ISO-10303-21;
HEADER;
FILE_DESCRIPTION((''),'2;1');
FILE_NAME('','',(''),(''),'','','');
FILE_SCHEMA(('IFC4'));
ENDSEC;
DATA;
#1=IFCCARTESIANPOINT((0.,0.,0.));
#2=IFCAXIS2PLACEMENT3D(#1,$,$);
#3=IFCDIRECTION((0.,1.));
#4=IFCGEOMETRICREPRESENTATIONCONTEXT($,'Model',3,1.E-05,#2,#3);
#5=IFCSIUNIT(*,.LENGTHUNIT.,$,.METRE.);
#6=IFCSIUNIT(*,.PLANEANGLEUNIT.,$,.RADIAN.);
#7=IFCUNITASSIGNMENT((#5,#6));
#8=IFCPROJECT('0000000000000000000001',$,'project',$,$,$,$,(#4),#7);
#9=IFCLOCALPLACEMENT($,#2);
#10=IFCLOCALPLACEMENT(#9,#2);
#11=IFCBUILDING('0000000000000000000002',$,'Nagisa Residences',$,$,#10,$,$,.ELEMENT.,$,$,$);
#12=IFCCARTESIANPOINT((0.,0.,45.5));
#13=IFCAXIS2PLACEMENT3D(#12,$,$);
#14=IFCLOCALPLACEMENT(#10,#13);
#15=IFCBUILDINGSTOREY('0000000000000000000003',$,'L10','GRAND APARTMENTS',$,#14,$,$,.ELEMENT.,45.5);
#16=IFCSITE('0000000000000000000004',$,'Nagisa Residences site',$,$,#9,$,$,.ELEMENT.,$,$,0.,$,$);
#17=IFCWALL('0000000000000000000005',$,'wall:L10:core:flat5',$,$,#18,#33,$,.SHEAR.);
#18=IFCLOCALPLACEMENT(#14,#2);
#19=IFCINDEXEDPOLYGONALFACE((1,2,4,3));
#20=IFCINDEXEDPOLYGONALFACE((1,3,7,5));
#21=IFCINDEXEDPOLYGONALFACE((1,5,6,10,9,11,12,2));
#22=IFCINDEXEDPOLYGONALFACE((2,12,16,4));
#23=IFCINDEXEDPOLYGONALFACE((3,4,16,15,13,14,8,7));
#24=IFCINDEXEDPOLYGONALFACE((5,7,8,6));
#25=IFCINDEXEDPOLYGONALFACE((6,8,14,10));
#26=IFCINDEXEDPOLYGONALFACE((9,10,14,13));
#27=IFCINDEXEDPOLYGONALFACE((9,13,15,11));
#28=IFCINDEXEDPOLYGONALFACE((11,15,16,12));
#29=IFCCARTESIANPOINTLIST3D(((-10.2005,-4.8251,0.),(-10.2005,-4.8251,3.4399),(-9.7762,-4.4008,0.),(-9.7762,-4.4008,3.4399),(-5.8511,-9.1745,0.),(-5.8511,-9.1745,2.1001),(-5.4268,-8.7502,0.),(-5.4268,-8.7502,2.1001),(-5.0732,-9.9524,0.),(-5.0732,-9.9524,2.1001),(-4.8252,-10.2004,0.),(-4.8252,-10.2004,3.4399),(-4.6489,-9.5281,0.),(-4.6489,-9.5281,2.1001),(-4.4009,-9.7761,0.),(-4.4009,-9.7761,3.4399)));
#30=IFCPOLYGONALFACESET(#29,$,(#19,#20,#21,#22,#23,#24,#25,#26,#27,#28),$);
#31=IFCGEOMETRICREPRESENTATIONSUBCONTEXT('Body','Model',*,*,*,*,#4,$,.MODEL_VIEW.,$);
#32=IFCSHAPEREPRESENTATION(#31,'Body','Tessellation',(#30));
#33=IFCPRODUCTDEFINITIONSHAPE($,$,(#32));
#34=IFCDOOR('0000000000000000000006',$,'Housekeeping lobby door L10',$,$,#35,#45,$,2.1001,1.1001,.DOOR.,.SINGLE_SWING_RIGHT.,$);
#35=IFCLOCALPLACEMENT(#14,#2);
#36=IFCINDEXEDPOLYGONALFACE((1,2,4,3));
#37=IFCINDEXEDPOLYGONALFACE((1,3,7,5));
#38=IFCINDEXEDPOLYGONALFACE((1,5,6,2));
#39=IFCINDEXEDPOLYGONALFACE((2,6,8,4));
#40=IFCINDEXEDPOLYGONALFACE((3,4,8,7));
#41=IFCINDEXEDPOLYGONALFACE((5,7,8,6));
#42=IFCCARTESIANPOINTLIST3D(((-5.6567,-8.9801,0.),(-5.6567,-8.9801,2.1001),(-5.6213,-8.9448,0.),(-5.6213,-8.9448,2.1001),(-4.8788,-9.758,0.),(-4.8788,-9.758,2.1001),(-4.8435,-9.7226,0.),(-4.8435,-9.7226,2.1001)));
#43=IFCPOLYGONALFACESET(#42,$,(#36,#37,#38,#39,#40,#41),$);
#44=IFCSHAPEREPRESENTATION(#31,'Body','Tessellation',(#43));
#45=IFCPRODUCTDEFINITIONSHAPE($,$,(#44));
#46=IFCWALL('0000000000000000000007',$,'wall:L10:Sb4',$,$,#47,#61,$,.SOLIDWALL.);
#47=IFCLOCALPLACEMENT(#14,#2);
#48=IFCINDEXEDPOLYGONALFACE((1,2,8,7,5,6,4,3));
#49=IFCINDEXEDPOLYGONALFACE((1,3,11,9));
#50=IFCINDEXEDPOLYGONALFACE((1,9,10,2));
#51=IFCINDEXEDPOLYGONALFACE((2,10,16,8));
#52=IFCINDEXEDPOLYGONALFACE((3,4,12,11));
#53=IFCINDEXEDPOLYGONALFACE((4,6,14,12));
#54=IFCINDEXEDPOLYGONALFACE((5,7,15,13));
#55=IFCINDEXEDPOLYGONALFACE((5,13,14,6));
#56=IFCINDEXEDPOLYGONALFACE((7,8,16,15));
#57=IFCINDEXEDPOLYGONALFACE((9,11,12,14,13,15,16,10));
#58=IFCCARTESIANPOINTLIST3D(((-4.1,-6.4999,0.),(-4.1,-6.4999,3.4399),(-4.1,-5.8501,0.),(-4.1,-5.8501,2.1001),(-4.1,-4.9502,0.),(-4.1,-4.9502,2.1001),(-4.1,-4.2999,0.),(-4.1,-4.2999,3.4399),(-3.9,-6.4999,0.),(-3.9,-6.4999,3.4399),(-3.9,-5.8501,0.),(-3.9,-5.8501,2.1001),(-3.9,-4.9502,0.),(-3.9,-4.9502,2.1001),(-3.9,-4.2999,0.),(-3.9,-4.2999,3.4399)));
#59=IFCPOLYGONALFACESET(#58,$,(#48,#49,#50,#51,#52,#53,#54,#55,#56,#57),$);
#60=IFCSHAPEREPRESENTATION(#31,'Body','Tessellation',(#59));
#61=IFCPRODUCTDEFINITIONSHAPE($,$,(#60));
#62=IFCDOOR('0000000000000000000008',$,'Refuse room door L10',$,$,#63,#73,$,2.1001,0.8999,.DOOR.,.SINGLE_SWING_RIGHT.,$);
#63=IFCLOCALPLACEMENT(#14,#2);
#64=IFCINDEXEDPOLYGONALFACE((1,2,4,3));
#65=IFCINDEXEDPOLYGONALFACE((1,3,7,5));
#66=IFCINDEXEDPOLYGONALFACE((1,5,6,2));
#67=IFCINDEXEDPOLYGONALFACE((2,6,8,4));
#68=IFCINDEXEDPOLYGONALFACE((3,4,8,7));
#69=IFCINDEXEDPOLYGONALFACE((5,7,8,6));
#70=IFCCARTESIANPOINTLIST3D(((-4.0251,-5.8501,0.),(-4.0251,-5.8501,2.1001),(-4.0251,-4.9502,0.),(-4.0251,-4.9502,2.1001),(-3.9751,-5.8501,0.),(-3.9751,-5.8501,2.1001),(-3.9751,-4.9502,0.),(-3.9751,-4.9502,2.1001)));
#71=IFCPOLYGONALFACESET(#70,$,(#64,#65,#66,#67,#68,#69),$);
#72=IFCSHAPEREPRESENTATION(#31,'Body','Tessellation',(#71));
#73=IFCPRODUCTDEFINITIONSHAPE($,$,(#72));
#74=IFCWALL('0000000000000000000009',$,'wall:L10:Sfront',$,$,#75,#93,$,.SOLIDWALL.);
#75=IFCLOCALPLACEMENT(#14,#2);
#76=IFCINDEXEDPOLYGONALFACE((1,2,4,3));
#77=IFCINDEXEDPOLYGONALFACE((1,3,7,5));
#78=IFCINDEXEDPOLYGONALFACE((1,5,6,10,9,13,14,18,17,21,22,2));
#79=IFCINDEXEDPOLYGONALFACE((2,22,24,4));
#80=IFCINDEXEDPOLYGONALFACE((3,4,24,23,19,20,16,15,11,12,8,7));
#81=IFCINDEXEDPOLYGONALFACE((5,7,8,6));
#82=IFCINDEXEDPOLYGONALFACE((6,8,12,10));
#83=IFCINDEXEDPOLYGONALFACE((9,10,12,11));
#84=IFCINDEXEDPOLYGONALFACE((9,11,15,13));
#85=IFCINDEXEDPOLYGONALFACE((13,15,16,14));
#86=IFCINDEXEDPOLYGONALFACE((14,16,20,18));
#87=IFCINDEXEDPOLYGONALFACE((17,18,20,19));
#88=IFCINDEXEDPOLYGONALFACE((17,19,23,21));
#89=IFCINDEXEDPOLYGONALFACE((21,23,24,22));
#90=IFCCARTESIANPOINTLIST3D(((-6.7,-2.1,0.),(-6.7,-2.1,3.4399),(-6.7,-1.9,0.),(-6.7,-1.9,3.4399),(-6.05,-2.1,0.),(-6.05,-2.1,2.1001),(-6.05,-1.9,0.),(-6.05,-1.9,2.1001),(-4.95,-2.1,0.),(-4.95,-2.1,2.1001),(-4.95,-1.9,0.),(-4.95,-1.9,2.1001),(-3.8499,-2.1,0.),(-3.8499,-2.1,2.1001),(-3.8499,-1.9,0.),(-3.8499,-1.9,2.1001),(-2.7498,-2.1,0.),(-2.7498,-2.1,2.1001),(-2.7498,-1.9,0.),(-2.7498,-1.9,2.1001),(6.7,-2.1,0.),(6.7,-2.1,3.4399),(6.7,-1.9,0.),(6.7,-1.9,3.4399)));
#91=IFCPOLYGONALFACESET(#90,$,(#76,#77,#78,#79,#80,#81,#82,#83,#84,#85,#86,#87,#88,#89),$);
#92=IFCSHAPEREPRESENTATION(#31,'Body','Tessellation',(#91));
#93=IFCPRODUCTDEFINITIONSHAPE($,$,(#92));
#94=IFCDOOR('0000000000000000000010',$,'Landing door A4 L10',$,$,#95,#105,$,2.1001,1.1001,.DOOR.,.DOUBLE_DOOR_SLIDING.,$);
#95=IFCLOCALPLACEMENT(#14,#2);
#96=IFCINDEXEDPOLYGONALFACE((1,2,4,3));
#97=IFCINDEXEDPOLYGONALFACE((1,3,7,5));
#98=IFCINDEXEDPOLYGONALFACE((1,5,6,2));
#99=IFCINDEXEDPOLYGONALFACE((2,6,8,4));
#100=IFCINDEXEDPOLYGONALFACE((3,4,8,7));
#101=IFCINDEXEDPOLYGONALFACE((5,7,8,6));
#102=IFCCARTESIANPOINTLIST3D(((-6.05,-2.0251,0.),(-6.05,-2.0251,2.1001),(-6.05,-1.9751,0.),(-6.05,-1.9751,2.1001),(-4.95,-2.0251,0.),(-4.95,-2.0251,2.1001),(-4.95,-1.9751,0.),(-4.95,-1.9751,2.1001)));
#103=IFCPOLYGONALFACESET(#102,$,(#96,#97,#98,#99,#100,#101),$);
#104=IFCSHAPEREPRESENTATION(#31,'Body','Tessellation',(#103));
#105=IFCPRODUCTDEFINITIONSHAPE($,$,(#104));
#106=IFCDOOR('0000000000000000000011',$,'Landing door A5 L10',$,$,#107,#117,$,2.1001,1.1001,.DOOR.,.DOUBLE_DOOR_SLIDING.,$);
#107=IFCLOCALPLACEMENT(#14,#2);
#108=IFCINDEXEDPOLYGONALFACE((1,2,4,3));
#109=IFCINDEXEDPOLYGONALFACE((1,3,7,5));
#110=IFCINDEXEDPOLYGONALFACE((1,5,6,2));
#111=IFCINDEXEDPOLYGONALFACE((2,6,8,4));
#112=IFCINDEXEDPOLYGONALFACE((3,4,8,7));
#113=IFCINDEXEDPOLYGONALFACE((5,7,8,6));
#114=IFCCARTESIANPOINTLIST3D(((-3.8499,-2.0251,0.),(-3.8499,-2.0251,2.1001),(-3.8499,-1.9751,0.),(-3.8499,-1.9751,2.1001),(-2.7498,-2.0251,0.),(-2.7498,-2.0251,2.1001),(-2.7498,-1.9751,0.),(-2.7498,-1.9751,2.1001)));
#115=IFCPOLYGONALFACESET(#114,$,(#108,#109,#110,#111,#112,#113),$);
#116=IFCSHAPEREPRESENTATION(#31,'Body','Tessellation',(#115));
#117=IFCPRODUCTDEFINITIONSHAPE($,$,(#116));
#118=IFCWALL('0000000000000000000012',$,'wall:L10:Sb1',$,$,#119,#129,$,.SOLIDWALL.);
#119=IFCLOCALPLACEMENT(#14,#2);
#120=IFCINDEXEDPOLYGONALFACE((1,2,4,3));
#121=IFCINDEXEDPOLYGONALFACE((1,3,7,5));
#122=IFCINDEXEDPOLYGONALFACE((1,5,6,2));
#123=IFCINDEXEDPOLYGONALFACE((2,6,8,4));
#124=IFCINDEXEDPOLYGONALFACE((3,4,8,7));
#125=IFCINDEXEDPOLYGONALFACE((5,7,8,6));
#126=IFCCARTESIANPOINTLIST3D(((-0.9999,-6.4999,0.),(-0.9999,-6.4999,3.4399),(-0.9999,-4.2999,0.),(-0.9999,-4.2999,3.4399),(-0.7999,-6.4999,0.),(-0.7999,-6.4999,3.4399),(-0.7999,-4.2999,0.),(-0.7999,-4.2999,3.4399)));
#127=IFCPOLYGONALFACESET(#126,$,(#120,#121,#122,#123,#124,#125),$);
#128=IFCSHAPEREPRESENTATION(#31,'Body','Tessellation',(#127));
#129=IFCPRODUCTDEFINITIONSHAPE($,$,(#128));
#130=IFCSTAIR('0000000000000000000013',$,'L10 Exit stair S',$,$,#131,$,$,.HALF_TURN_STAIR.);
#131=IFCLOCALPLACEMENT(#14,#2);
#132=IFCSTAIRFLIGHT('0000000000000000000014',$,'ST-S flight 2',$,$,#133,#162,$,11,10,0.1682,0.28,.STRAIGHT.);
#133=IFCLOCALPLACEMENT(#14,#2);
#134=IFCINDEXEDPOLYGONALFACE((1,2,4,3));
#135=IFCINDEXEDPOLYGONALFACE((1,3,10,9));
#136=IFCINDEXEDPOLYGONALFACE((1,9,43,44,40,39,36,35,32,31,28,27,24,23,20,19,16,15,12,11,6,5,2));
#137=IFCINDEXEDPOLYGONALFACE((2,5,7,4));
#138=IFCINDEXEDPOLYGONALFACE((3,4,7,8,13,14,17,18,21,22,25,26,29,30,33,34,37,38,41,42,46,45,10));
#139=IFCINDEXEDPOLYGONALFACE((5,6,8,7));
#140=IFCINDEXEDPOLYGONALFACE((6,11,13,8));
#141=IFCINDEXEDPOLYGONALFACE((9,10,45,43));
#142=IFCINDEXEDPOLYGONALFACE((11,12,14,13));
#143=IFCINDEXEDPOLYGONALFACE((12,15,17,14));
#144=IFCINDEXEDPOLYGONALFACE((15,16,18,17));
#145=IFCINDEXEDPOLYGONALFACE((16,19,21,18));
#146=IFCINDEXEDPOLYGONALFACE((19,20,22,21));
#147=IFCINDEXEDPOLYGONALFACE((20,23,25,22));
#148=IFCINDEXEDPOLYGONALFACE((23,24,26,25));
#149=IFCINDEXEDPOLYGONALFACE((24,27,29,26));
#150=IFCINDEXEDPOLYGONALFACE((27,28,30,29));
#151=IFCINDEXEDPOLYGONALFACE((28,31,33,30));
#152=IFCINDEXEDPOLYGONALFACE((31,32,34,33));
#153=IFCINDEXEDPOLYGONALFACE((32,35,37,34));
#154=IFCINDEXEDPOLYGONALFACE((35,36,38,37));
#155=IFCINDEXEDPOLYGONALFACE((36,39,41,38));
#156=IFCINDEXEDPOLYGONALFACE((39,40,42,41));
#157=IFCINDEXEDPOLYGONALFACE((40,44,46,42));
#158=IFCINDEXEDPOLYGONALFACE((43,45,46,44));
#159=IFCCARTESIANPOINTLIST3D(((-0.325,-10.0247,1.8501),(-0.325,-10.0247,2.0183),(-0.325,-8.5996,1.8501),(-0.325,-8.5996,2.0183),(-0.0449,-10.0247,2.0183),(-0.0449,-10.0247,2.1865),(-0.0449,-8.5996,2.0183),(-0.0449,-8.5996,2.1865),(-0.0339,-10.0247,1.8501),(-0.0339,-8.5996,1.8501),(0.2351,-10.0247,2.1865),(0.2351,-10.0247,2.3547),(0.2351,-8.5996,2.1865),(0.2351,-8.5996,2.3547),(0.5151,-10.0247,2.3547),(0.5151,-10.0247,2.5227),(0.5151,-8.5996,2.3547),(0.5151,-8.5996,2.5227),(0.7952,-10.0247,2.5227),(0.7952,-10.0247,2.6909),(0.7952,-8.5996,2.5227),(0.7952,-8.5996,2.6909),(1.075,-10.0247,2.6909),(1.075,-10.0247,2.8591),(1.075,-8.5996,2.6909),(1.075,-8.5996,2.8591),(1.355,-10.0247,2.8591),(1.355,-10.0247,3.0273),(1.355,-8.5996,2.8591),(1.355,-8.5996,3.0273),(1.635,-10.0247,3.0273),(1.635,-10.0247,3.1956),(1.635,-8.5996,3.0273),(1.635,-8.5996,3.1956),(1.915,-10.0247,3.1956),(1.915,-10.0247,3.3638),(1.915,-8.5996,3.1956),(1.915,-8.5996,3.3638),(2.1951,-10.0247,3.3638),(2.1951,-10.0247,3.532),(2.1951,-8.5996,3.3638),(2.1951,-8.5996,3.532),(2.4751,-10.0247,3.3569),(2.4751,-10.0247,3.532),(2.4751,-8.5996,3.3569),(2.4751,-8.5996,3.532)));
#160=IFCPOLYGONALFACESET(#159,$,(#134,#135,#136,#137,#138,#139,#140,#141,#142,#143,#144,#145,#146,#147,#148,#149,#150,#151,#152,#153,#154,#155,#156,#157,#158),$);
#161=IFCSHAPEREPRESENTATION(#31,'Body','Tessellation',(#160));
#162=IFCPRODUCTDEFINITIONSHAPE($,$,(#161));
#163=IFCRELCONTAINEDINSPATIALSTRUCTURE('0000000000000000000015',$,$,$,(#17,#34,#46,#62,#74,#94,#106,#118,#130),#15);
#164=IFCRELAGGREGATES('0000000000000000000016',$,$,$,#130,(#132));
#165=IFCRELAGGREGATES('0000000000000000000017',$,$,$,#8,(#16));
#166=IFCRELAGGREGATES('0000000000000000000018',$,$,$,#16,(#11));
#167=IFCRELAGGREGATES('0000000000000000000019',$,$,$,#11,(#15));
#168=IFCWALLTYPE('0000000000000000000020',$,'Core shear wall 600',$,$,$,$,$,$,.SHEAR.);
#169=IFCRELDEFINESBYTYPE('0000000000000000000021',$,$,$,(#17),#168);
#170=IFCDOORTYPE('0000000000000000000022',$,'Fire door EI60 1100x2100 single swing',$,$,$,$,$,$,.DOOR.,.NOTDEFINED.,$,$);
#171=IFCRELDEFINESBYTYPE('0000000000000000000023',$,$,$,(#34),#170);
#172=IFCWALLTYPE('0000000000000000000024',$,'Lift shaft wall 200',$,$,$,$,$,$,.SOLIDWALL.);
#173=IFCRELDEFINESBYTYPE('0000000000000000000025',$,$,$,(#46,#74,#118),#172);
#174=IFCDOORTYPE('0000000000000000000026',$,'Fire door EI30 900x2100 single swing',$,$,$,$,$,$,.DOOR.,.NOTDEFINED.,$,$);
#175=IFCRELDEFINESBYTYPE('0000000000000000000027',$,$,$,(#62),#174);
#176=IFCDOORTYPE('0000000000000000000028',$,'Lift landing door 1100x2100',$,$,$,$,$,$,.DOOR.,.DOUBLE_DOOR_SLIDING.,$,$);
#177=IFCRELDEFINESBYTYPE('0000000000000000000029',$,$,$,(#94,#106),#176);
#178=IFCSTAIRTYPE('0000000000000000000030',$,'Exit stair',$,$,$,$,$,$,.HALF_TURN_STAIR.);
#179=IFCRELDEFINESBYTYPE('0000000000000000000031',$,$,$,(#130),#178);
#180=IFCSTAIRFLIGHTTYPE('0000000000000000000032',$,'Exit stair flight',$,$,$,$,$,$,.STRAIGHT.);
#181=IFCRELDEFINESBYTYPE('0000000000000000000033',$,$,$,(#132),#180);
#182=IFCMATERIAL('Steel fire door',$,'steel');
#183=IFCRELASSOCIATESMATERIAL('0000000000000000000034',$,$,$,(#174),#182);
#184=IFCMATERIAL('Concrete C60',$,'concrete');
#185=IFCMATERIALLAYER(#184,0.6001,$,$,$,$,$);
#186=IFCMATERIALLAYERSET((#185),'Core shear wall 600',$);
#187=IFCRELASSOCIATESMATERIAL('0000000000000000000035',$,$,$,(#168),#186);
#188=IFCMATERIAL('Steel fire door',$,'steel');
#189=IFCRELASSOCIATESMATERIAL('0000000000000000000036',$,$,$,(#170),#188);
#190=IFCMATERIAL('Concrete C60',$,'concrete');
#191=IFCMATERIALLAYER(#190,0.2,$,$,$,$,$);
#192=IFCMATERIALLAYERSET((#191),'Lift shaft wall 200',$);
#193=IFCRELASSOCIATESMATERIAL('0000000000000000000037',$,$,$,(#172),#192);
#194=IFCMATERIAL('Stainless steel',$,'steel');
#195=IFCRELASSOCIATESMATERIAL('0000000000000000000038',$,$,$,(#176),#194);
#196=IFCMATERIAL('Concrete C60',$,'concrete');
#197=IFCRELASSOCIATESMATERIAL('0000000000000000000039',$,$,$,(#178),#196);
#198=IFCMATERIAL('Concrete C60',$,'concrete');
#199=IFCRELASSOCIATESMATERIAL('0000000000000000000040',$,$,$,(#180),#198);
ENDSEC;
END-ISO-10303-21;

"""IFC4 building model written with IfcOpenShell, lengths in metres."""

from ifc_helpers import new_model, si_unit, direction, frame, frame_2d, origin, place, context, subcontext, project, spatial, polyline, rectangle, outline, extrude, material, layer, layer_set, type_object, element, fill, aggregate, save


model = new_model("IFC4")

# Units and contexts
model_context = context("Model", 3, precision=1e-05, world=origin(), true_north=direction((0.0, 1.0)))
body_context = subcontext(model_context, "Body", "Model", "MODEL_VIEW")
ifc_project = project(units=[si_unit("LENGTHUNIT", "METRE"), si_unit("PLANEANGLEUNIT", "RADIAN")], contexts=[model_context])

# Site, building, storey
site_placement = place(None, origin())
site = spatial("IfcSite", under=ifc_project, at=site_placement, Name="Nagisa Residences site", CompositionType="ELEMENT", RefElevation=0.0)
building_placement = place(site_placement, origin())
building = spatial("IfcBuilding", under=site, at=building_placement, Name="Nagisa Residences", CompositionType="ELEMENT")
storey_placement = place(building_placement, frame((0.0, 0.0, 45.5)))
storey = spatial("IfcBuildingStorey", under=building, at=storey_placement, Name="L10", Description="GRAND APARTMENTS", CompositionType="ELEMENT", Elevation=45.5)

# Shared definitions
ifc_material_1 = material(Name="Steel fire door", Category="steel")
door_type_1 = type_object("IfcDoorType", Name="Fire door EI30 900x2100 single swing", OperationType="NOTDEFINED", PredefinedType="DOOR", material=ifc_material_1)

# Walls, openings, doors
ifc_material_2 = material(Name="Concrete C60", Category="concrete")
ifc_layer_1 = layer(ifc_material_2, 0.6001)
ifc_layer_set_1 = layer_set([ifc_layer_1], Name="Core shear wall 600")
wall_type_1 = type_object("IfcWallType", Name="Core shear wall 600", PredefinedType="SHEAR", material=ifc_layer_set_1)
wall_1_placement = place(storey_placement, frame((-9.9883, -4.613, 0.0), z_axis=(0.0, 0.0, 1.0), x_axis=(0.707107, -0.707107, 0.0)))
wall_1 = element("IfcWall", 1, at=wall_1_placement, inside=storey, type_object=wall_type_1, Name="wall:L10:core:flat5", PredefinedType="SHEAR", context=body_context, shape_type="SweptSolid", body=[
    extrude(rectangle(XDim=7.6018, YDim=0.6001, at=frame_2d((3.8008, 0.0))), origin(), (0.0, 0.0, 1.0), 3.4399),
])
opening_1_placement = place(wall_1_placement, frame((6.1509, 0.0, 0.0)))
opening_1 = element("IfcOpeningElement", 2, at=opening_1_placement, cuts=wall_1, PredefinedType="OPENING", context=body_context, shape_type="SweptSolid", body=[
    extrude(rectangle(XDim=1.1001, YDim=2.1001, at=frame_2d((0.55, 1.05))), frame((0.0, 0.3101, 0.0), z_axis=(0.0, -1.0, 0.0), x_axis=(1.0, 0.0, 0.0)), (0.0, 0.0, 1.0), 0.6201),
])
ifc_material_3 = material(Name="Steel fire door", Category="steel")
door_type_2 = type_object("IfcDoorType", Name="Fire door EI60 1100x2100 single swing", OperationType="NOTDEFINED", PredefinedType="DOOR", material=ifc_material_3)
door_1_placement = place(opening_1_placement, origin())
door_1 = element("IfcDoor", 3, at=door_1_placement, inside=storey, type_object=door_type_2, Name="Housekeeping lobby door L10", OperationType="SINGLE_SWING_RIGHT", OverallHeight=2.1001, OverallWidth=1.1001, PredefinedType="DOOR", context=body_context, shape_type="SweptSolid", body=[
    extrude(rectangle(XDim=1.1001, YDim=2.1001, at=frame_2d((0.55, 1.05))), frame((0.0, 0.0249, 0.0), z_axis=(0.0, -1.0, 0.0), x_axis=(1.0, 0.0, 0.0)), (0.0, 0.0, 1.0), 0.05),
])
fill(opening_1, door_1)
ifc_material_4 = material(Name="Concrete C60", Category="concrete")
ifc_layer_2 = layer(ifc_material_4, 0.2)
ifc_layer_set_2 = layer_set([ifc_layer_2], Name="Lift shaft wall 200")
wall_type_2 = type_object("IfcWallType", Name="Lift shaft wall 200", PredefinedType="SOLIDWALL", material=ifc_layer_set_2)
wall_2_placement = place(storey_placement, frame((-4.0, -6.5, 0.0), z_axis=(0.0, 0.0, 1.0), x_axis=(0.0, 1.0, 0.0)))
wall_2 = element("IfcWall", 4, at=wall_2_placement, inside=storey, type_object=wall_type_2, Name="wall:L10:Sb4", PredefinedType="SOLIDWALL", context=body_context, shape_type="SweptSolid", body=[
    extrude(rectangle(XDim=2.2, YDim=0.2, at=frame_2d((1.1001, 0.0))), origin(), (0.0, 0.0, 1.0), 3.4399),
])
opening_2_placement = place(wall_2_placement, frame((0.6499, 0.0, 0.0)))
opening_2 = element("IfcOpeningElement", 5, at=opening_2_placement, cuts=wall_2, PredefinedType="OPENING", context=body_context, shape_type="SweptSolid", body=[
    extrude(rectangle(XDim=0.8999, YDim=2.1001, at=frame_2d((0.45, 1.05))), frame((0.0, 0.1099, 0.0), z_axis=(0.0, -1.0, 0.0), x_axis=(1.0, 0.0, 0.0)), (0.0, 0.0, 1.0), 0.22),
])
door_2_placement = place(opening_2_placement, frame((0.8999, 0.0, 0.0), x_axis=(-1.0, 0.0, 0.0)))
door_2 = element("IfcDoor", 6, at=door_2_placement, inside=storey, type_object=door_type_1, Name="Refuse room door L10", OperationType="SINGLE_SWING_RIGHT", OverallHeight=2.1001, OverallWidth=0.8999, PredefinedType="DOOR", context=body_context, shape_type="SweptSolid", body=[
    extrude(rectangle(XDim=0.8999, YDim=2.1001, at=frame_2d((0.45, 1.05))), frame((0.0, 0.0249, 0.0), z_axis=(0.0, -1.0, 0.0), x_axis=(1.0, 0.0, 0.0)), (0.0, 0.0, 1.0), 0.05),
])
fill(opening_2, door_2)

# Wall, openings, doors
wall_3_placement = place(storey_placement, frame((-6.7, -2.0, 0.0), z_axis=(0.0, 0.0, 1.0), x_axis=(1.0, 0.0, 0.0)))
wall_3 = element("IfcWall", 7, at=wall_3_placement, inside=storey, type_object=wall_type_2, Name="wall:L10:Sfront", PredefinedType="SOLIDWALL", context=body_context, shape_type="SweptSolid", body=[
    extrude(rectangle(XDim=13.3999, YDim=0.2, at=frame_2d((6.7, 0.0))), origin(), (0.0, 0.0, 1.0), 3.4399),
])
opening_3_placement = place(wall_3_placement, frame((0.6499, 0.0, 0.0)))
opening_3 = element("IfcOpeningElement", 8, at=opening_3_placement, cuts=wall_3, PredefinedType="OPENING", context=body_context, shape_type="SweptSolid", body=[
    extrude(rectangle(XDim=1.1001, YDim=2.1001, at=frame_2d((0.55, 1.05))), frame((0.0, 0.1099, 0.0), z_axis=(0.0, -1.0, 0.0), x_axis=(1.0, 0.0, 0.0)), (0.0, 0.0, 1.0), 0.22),
])
opening_4_placement = place(wall_3_placement, frame((2.8501, 0.0, 0.0)))
opening_4 = element("IfcOpeningElement", 9, at=opening_4_placement, cuts=wall_3, PredefinedType="OPENING", context=body_context, shape_type="SweptSolid", body=[
    extrude(rectangle(XDim=1.1001, YDim=2.1001, at=frame_2d((0.55, 1.05))), frame((0.0, 0.1099, 0.0), z_axis=(0.0, -1.0, 0.0), x_axis=(1.0, 0.0, 0.0)), (0.0, 0.0, 1.0), 0.22),
])
ifc_material_5 = material(Name="Stainless steel", Category="steel")
door_type_3 = type_object("IfcDoorType", Name="Lift landing door 1100x2100", OperationType="DOUBLE_DOOR_SLIDING", PredefinedType="DOOR", material=ifc_material_5)
door_3_placement = place(opening_3_placement, origin())
door_3 = element("IfcDoor", 10, at=door_3_placement, inside=storey, type_object=door_type_3, Name="Landing door A4 L10", OperationType="DOUBLE_DOOR_SLIDING", OverallHeight=2.1001, OverallWidth=1.1001, PredefinedType="DOOR", context=body_context, shape_type="SweptSolid", body=[
    extrude(rectangle(XDim=1.1001, YDim=2.1001, at=frame_2d((0.55, 1.05))), frame((0.0, 0.0249, 0.0), z_axis=(0.0, -1.0, 0.0), x_axis=(1.0, 0.0, 0.0)), (0.0, 0.0, 1.0), 0.05),
])
fill(opening_3, door_3)
door_4_placement = place(opening_4_placement, origin())
door_4 = element("IfcDoor", 11, at=door_4_placement, inside=storey, type_object=door_type_3, Name="Landing door A5 L10", OperationType="DOUBLE_DOOR_SLIDING", OverallHeight=2.1001, OverallWidth=1.1001, PredefinedType="DOOR", context=body_context, shape_type="SweptSolid", body=[
    extrude(rectangle(XDim=1.1001, YDim=2.1001, at=frame_2d((0.55, 1.05))), frame((0.0, 0.0249, 0.0), z_axis=(0.0, -1.0, 0.0), x_axis=(1.0, 0.0, 0.0)), (0.0, 0.0, 1.0), 0.05),
])
fill(opening_4, door_4)

# Wall
wall_4_placement = place(storey_placement, frame((-0.8999, -6.5, 0.0), z_axis=(0.0, 0.0, 1.0), x_axis=(0.0, 1.0, 0.0)))
element("IfcWall", 12, at=wall_4_placement, inside=storey, type_object=wall_type_2, Name="wall:L10:Sb1", PredefinedType="SOLIDWALL", context=body_context, shape_type="SweptSolid", body=[
    extrude(rectangle(XDim=2.2, YDim=0.2, at=frame_2d((1.1001, 0.0))), origin(), (0.0, 0.0, 1.0), 3.4399),
])

# Stair, stair flight
ifc_material_6 = material(Name="Concrete C60", Category="concrete")
stair_type = type_object("IfcStairType", Name="Exit stair", PredefinedType="HALF_TURN_STAIR", material=ifc_material_6)
stair_placement = place(storey_placement, origin())
stair = element("IfcStair", 13, at=stair_placement, inside=storey, type_object=stair_type, Name="L10 Exit stair S", PredefinedType="HALF_TURN_STAIR")
ifc_material_7 = material(Name="Concrete C60", Category="concrete")
stair_flight_type = type_object("IfcStairFlightType", Name="Exit stair flight", PredefinedType="STRAIGHT", material=ifc_material_7)
stair_flight_placement = place(storey_placement, frame((-0.325, -9.312, 1.8501), z_axis=(0.0, 0.0, 1.0), x_axis=(1.0, 0.0, 0.0)))
stair_flight = element("IfcStairFlight", 14, at=stair_flight_placement, type_object=stair_flight_type, Name="ST-S flight 2", NumberOfRisers=11, NumberOfTreads=10, PredefinedType="STRAIGHT", RiserHeight=0.1682, TreadLength=0.28, context=body_context, shape_type="SweptSolid", body=[
    extrude(outline(polyline([(0.0, 0.0), (0.0, 0.1682), (0.28, 0.1682), (0.28, 0.3364), (0.5601, 0.3364), (0.5601, 0.5046), (0.8401, 0.5046), (0.8401, 0.6726), (1.1201, 0.6726), (1.1201, 0.8408), (1.3999, 0.8408), (1.3999, 1.009), (1.6799, 1.009), (1.6799, 1.1772), (1.96, 1.1772), (1.96, 1.3455), (2.24, 1.3455), (2.24, 1.5137), (2.52, 1.5137), (2.52, 1.6819), (2.8, 1.6819), (2.8, 1.8501), (2.8, 1.5068), (0.291, 0.0), (0.0, 0.0)])), frame((0.0, 0.7124, 0.0), z_axis=(0.0, -1.0, 0.0), x_axis=(1.0, 0.0, 0.0)), (0.0, 0.0, 1.0), 1.425),
])
aggregate(stair, [stair_flight])

save(model, "model.ifc")
